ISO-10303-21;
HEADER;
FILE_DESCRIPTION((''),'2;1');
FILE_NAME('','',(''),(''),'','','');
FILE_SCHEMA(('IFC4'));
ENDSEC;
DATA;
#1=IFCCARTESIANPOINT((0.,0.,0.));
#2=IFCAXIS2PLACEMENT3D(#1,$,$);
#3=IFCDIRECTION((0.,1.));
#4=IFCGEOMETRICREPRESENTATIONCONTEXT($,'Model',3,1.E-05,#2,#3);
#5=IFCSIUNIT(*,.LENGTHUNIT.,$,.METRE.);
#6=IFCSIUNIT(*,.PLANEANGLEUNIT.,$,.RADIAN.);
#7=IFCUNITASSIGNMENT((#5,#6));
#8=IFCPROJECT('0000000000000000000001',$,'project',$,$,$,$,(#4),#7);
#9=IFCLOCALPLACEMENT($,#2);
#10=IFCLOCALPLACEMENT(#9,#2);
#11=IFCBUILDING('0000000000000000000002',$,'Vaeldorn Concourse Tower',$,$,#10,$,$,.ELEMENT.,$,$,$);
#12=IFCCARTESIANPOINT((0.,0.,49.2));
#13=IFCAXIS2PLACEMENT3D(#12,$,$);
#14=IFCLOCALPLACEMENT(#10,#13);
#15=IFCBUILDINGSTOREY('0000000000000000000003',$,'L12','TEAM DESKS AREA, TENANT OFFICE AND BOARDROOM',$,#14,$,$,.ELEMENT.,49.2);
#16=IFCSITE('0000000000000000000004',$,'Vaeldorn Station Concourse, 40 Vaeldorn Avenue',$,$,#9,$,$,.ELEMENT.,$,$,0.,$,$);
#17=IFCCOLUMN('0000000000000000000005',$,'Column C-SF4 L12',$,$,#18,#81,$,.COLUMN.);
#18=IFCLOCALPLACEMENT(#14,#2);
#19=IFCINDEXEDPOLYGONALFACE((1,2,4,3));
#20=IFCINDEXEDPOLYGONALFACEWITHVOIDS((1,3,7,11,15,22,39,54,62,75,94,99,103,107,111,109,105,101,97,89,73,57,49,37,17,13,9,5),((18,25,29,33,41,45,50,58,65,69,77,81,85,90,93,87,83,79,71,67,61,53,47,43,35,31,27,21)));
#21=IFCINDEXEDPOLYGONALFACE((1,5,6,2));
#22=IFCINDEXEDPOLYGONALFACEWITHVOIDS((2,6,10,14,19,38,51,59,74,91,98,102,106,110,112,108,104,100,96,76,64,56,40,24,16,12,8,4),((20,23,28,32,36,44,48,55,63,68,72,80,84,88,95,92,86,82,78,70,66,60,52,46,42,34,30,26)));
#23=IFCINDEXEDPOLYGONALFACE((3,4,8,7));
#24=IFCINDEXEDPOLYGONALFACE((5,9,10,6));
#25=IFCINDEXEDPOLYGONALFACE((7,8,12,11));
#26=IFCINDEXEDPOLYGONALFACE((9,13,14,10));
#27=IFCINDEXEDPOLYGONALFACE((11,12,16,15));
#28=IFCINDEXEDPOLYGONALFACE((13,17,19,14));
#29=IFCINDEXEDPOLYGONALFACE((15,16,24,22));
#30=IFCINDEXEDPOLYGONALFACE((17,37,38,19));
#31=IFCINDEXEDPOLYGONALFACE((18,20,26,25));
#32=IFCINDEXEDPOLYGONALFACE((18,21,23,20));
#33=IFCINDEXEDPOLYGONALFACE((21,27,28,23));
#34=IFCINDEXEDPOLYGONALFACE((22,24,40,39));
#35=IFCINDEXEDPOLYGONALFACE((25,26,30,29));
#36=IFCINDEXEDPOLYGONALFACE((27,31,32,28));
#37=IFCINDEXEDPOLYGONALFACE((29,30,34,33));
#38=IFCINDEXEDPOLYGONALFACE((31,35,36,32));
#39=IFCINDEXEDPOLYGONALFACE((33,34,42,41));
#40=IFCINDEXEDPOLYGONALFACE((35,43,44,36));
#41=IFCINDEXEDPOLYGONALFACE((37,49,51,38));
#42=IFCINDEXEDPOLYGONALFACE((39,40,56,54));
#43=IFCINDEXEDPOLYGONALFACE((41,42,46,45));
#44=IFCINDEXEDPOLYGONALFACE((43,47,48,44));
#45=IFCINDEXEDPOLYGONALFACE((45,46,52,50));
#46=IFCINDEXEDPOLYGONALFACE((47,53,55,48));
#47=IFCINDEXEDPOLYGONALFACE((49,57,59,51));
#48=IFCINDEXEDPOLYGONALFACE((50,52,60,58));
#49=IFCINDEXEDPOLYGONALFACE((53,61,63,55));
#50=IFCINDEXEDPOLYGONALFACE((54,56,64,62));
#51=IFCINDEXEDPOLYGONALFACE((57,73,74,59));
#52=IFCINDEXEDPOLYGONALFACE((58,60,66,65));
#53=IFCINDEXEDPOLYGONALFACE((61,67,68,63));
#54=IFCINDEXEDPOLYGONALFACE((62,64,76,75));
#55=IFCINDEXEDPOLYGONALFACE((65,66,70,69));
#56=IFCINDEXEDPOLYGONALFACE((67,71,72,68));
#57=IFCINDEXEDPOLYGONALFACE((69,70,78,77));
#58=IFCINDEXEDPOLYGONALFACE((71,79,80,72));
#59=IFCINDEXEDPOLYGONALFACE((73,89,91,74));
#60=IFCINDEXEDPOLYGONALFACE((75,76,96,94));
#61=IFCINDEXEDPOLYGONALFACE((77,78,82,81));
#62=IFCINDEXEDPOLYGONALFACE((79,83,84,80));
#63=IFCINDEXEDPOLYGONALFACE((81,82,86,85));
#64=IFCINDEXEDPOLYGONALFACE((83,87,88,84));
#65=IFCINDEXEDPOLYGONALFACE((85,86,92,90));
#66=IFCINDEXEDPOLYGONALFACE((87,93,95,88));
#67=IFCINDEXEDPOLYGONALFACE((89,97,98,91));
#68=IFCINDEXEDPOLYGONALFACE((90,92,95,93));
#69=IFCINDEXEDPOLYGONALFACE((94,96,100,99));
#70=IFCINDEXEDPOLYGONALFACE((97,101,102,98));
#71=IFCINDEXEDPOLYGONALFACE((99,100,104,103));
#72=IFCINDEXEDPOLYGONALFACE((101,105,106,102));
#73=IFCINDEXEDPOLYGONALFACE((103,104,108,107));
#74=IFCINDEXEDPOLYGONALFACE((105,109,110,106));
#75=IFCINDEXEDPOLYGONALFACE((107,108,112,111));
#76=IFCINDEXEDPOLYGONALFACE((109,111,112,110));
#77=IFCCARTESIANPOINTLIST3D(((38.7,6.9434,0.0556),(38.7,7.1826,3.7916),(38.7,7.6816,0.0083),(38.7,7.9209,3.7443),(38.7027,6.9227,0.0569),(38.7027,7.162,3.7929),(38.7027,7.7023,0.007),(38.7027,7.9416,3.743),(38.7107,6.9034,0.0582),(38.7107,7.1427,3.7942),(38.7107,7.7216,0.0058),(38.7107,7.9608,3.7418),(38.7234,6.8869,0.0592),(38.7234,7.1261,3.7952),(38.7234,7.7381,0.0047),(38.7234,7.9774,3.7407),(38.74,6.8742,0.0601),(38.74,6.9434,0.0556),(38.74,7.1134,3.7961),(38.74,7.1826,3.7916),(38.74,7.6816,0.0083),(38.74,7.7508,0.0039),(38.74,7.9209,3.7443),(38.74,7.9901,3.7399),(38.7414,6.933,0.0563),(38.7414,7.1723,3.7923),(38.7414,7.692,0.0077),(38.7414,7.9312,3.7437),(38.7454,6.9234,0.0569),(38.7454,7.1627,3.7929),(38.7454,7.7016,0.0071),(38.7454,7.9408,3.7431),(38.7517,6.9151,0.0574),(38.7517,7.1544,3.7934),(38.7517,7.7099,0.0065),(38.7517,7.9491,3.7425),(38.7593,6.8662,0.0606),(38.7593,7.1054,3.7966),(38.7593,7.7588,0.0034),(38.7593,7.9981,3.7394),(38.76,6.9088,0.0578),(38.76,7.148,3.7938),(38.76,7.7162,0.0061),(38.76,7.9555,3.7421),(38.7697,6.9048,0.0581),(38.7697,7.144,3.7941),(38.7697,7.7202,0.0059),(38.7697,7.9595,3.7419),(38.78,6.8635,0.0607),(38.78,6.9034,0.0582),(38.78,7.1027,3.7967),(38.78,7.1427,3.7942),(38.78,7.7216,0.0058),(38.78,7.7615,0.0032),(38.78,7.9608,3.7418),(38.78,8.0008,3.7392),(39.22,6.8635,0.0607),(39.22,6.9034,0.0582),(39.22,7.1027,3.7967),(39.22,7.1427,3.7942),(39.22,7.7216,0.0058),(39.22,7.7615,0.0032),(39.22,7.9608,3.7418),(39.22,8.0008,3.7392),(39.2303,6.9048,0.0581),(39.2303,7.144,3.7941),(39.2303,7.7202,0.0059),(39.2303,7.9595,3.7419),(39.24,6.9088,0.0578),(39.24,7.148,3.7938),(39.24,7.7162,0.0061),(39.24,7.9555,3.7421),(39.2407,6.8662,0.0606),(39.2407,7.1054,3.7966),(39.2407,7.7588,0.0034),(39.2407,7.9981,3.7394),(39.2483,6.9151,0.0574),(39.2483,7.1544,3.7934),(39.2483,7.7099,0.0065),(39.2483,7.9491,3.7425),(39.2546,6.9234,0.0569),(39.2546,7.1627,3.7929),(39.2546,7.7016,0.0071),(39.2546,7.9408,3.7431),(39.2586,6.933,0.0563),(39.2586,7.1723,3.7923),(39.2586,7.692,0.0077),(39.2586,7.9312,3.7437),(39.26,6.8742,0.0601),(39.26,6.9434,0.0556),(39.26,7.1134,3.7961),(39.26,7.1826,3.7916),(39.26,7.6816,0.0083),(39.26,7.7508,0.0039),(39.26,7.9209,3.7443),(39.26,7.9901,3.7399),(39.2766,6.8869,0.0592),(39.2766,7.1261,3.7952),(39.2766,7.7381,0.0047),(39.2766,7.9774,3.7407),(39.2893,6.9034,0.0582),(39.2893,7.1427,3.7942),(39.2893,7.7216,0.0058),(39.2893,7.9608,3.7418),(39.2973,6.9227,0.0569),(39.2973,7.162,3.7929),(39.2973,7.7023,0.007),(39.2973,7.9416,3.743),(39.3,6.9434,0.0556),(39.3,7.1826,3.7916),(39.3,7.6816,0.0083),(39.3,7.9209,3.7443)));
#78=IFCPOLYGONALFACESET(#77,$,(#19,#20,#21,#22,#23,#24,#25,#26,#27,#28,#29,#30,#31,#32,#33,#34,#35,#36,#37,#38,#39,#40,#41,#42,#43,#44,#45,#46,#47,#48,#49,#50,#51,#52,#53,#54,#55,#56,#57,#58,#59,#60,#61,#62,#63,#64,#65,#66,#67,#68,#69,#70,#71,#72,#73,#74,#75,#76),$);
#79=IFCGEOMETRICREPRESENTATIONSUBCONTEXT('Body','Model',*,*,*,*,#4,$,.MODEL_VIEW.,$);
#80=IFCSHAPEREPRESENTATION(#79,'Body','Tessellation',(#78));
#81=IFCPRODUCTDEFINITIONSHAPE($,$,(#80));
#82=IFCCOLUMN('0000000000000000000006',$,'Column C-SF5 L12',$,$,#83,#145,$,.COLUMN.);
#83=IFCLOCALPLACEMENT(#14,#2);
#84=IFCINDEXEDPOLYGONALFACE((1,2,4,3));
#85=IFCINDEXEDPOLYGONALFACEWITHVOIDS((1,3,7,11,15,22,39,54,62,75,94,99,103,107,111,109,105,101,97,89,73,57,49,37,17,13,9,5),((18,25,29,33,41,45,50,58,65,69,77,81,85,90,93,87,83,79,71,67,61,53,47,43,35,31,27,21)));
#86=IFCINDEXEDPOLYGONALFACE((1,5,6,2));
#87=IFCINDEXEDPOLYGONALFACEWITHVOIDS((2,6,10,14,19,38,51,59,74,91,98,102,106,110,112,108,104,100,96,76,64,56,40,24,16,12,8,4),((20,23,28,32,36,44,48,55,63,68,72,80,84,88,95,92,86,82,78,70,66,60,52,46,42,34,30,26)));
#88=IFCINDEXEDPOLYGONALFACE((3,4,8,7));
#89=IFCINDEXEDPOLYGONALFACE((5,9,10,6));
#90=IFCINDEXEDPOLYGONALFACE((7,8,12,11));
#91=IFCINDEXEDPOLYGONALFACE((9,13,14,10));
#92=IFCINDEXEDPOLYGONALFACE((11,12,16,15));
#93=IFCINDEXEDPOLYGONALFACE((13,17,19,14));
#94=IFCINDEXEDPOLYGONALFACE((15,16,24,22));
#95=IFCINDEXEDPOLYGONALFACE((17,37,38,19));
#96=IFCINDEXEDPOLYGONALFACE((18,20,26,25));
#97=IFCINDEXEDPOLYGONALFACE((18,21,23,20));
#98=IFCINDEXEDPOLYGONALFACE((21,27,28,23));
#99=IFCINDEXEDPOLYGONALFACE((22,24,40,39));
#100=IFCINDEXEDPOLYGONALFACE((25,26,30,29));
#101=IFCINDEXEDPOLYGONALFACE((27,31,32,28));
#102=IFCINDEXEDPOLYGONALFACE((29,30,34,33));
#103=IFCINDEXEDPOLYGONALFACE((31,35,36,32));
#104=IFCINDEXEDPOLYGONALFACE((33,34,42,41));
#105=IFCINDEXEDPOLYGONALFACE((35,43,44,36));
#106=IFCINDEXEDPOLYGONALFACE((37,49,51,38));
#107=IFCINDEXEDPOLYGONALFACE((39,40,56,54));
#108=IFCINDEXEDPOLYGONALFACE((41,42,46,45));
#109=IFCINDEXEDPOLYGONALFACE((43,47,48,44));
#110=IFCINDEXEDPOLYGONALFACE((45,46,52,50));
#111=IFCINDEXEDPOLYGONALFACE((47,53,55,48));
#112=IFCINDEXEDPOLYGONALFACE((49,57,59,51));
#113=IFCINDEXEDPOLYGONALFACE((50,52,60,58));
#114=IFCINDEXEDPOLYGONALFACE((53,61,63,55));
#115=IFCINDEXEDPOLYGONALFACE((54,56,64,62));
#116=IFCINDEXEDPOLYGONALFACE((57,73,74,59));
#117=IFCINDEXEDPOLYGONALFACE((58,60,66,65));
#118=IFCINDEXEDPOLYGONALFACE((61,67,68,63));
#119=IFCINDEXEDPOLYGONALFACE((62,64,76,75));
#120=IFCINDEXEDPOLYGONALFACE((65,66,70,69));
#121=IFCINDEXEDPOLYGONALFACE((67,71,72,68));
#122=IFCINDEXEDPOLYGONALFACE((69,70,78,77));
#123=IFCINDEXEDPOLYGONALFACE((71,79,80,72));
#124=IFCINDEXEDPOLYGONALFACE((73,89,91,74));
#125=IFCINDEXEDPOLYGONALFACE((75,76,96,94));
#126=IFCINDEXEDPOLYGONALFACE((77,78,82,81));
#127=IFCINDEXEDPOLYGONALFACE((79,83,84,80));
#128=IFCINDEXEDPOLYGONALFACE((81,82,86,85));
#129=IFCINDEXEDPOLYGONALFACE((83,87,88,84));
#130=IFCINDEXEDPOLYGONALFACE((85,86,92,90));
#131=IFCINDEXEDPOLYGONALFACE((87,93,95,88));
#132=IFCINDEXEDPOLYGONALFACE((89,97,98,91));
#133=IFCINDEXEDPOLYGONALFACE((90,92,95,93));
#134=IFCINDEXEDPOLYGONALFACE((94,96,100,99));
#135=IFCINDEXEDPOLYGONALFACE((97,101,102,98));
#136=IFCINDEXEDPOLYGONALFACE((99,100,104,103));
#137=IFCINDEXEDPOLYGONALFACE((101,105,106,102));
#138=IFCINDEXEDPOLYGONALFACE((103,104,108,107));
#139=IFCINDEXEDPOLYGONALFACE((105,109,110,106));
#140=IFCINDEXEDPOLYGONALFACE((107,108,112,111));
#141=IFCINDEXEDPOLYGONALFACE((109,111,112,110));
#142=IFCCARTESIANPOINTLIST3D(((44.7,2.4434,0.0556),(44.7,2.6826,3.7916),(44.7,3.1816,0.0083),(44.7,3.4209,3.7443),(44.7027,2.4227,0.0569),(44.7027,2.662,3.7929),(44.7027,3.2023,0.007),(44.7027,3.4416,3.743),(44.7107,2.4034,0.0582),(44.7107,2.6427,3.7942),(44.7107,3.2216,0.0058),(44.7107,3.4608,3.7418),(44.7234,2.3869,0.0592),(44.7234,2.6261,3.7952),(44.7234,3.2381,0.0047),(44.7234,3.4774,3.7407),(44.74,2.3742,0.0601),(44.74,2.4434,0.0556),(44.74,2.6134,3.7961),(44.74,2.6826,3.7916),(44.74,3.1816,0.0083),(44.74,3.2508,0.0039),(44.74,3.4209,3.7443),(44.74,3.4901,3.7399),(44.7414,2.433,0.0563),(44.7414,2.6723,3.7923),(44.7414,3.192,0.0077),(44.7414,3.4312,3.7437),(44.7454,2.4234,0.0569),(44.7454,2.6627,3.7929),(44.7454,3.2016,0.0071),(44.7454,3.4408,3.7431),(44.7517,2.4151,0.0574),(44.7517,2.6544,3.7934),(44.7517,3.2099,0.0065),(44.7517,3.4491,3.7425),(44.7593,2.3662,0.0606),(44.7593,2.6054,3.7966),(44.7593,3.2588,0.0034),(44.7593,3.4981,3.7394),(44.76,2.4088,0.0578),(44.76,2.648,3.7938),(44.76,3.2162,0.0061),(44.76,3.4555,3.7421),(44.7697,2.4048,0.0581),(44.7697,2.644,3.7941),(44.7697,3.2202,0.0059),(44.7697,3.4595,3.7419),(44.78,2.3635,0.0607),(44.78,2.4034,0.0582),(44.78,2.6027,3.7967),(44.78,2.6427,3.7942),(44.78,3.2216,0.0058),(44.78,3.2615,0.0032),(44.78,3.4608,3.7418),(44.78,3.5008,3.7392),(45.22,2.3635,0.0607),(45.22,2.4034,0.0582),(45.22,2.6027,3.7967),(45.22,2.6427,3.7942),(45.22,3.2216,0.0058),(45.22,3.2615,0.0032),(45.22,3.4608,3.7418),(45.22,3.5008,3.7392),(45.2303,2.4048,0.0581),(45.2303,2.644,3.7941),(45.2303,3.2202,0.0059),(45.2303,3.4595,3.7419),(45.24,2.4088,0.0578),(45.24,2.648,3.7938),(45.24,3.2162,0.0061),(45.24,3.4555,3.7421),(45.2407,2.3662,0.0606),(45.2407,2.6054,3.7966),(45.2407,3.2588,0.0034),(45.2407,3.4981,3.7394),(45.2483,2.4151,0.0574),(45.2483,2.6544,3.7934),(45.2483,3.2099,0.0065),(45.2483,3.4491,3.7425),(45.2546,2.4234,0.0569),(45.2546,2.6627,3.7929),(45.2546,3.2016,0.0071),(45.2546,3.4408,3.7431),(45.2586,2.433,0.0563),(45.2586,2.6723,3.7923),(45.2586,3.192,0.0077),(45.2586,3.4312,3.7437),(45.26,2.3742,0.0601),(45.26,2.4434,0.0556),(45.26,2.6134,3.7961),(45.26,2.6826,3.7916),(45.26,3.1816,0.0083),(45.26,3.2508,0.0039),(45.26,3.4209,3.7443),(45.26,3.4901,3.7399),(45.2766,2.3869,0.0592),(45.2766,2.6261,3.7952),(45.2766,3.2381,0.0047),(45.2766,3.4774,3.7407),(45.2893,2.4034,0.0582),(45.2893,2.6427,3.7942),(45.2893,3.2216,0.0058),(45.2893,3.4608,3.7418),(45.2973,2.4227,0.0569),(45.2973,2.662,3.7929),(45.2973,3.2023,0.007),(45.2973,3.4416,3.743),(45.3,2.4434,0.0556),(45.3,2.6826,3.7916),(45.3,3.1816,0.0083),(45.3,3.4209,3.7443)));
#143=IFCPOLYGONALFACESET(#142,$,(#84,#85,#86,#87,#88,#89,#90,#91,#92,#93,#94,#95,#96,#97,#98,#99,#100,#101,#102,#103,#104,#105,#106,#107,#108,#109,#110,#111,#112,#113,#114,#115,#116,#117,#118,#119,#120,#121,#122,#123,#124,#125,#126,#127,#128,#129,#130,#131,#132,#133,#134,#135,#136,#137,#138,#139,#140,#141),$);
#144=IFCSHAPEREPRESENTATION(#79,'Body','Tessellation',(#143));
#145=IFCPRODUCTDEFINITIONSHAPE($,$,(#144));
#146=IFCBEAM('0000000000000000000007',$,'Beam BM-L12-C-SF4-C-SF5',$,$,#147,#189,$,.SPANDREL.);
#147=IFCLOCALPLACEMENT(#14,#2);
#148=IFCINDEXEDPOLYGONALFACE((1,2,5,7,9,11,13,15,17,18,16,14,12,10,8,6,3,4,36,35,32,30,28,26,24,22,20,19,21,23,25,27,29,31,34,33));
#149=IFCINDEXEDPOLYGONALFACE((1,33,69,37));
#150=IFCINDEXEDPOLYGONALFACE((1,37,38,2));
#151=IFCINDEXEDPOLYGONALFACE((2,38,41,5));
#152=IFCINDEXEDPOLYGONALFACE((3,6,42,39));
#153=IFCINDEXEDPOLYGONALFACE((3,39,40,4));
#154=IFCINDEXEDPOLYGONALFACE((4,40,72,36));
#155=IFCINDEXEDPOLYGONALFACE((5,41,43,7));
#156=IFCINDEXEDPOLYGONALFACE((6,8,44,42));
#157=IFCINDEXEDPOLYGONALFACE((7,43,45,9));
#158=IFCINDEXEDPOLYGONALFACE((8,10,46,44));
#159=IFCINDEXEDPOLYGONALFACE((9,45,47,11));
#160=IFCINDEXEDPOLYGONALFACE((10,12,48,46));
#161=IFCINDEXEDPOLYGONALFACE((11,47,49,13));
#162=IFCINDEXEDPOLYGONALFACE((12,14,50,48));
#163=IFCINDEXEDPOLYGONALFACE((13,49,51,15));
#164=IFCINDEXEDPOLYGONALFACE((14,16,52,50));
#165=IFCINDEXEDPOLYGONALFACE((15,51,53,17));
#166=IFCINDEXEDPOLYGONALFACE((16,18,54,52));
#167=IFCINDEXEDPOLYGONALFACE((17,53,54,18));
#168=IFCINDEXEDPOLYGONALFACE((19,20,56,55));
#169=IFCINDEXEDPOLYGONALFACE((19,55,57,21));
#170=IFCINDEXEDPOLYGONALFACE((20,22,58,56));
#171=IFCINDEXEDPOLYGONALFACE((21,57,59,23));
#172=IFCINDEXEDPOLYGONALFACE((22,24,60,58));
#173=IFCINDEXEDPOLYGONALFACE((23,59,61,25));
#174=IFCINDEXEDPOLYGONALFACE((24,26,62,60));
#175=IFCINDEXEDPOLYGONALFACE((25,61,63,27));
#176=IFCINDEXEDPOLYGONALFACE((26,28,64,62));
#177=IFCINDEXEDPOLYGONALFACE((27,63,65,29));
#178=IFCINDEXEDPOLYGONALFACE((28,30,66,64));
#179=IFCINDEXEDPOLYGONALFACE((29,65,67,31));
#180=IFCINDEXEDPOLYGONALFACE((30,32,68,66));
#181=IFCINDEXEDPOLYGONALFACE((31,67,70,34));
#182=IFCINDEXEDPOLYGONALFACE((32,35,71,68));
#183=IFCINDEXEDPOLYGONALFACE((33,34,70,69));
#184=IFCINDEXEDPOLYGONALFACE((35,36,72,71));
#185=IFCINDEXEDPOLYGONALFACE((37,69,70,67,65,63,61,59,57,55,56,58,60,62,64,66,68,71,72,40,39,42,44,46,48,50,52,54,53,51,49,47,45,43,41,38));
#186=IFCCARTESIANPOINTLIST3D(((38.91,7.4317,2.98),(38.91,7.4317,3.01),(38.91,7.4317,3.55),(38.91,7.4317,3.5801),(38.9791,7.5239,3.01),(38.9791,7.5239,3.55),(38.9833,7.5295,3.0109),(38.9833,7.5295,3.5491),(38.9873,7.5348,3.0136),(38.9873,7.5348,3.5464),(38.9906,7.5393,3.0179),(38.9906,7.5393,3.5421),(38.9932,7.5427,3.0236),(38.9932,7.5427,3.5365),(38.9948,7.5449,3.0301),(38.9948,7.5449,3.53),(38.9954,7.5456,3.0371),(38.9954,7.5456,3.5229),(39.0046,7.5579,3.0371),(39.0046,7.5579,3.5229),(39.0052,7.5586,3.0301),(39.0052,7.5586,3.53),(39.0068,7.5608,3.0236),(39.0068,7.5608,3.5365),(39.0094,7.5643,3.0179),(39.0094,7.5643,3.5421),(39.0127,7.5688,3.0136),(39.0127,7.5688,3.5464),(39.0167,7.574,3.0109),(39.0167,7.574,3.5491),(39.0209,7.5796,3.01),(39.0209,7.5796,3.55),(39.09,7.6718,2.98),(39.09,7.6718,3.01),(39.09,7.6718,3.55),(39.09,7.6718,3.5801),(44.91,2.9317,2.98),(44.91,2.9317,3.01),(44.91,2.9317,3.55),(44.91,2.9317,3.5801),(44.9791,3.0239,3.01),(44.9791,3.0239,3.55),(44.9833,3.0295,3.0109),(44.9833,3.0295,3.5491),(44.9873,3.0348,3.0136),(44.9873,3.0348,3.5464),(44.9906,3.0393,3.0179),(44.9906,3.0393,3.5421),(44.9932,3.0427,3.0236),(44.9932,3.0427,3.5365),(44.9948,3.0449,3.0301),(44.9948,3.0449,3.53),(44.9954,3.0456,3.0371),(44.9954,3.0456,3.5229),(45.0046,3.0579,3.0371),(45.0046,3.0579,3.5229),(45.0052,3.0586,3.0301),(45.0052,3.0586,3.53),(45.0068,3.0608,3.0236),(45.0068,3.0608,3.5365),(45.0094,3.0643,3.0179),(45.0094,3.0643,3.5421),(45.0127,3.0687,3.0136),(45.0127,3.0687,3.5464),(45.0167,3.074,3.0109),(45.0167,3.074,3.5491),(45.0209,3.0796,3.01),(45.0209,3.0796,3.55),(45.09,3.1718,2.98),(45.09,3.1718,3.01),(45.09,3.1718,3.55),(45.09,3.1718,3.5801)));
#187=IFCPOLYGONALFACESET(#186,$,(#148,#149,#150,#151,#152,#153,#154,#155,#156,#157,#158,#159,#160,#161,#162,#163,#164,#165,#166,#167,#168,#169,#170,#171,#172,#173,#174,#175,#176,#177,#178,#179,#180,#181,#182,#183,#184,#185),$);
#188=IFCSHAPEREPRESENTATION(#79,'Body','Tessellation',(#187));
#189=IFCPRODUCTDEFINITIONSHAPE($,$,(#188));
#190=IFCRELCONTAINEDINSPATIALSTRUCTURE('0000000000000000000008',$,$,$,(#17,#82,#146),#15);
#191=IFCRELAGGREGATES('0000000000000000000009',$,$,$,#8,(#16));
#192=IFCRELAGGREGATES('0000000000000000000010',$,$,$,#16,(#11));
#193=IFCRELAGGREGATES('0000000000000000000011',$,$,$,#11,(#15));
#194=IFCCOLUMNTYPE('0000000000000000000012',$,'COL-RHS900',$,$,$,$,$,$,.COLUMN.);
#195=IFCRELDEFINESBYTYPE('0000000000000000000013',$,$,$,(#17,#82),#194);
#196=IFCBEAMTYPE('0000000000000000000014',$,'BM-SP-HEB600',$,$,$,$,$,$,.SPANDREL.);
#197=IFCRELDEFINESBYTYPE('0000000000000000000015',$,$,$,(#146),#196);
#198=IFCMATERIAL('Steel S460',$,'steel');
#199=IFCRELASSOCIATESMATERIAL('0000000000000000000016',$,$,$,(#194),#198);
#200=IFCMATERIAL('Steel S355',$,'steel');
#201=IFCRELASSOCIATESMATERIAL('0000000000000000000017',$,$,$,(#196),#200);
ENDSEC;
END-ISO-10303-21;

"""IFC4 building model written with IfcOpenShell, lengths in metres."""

from ifc_helpers import new_model, si_unit, direction, frame, origin, origin_2d, place, context, subcontext, project, spatial, hollow_rectangle, i_section, extrude, source, transform, mapped, material, material_profile, profile_set, type_object, element, save


model = new_model("IFC4")

# Units and contexts
model_context = context("Model", 3, precision=1e-05, world=origin(), true_north=direction((0.0, 1.0)))
body_context = subcontext(model_context, "Body", "Model", "MODEL_VIEW")
ifc_project = project(units=[si_unit("LENGTHUNIT", "METRE"), si_unit("PLANEANGLEUNIT", "RADIAN")], contexts=[model_context])

# Site, building, storey
site_placement = place(None, origin())
site = spatial("IfcSite", under=ifc_project, at=site_placement, Name="Vaeldorn Station Concourse, 40 Vaeldorn Avenue", CompositionType="ELEMENT", RefElevation=0.0)
building_placement = place(site_placement, origin())
building = spatial("IfcBuilding", under=site, at=building_placement, Name="Vaeldorn Concourse Tower", CompositionType="ELEMENT")
storey_placement = place(building_placement, frame((0.0, 0.0, 49.2)))
storey = spatial("IfcBuildingStorey", under=building, at=storey_placement, Name="L12", Description="TEAM DESKS AREA, TENANT OFFICE AND BOARDROOM", CompositionType="ELEMENT", Elevation=49.2)

# Columns
ifc_material_1 = material(Name="Steel S460", Category="steel")
ifc_material_profile_1 = material_profile(ifc_material_1, hollow_rectangle(XDim=0.6001, YDim=0.8999, WallThickness=0.04, InnerFilletRadius=0.04, OuterFilletRadius=0.0801, at=origin_2d()), Name="RHS 900x600x40")
ifc_profile_set_1 = profile_set([ifc_material_profile_1], Name="Steel S460")
column_type = type_object("IfcColumnType", Name="COL-RHS900", PredefinedType="COLUMN", material=ifc_profile_set_1)
shared_shape_1 = source(origin(), body_context, "Body", "SweptSolid", [
    extrude(hollow_rectangle(XDim=0.6001, YDim=0.8999, WallThickness=0.04, InnerFilletRadius=0.04, OuterFilletRadius=0.0801, at=origin_2d()), origin(), (0.0, 0.0, 1.0), 3.7437),
])
for number, where, z_axis, x_axis, name in (
    (1, (39.0, 7.3125, 0.032), (0.0, 0.063909, 0.997956), (-1.0, 0.0, 0.0), "Column C-SF4 L12"),
    (2, (45.0, 2.8125, 0.032), (0.0, 0.063909, 0.997956), (-1.0, 0.0, 0.0), "Column C-SF5 L12"),
):
    element("IfcColumn", number, at=place(storey_placement, frame(where, z_axis=z_axis, x_axis=x_axis)), inside=storey, type_object=column_type, Name=name, PredefinedType="COLUMN", context=body_context, shape_type="MappedRepresentation", body=[
        mapped(shared_shape_1, transform((0.0, 0.0, 0.0), scale=1.0)),
    ])

# Beam
ifc_material_2 = material(Name="Steel S355", Category="steel")
ifc_material_profile_2 = material_profile(ifc_material_2, i_section(OverallWidth=0.3, OverallDepth=0.6001, WebThickness=0.0154, FlangeThickness=0.03, FilletRadius=0.0271, at=origin_2d()), Name="HEB 600")
ifc_profile_set_2 = profile_set([ifc_material_profile_2], Name="Steel S355")
beam_type_1 = type_object("IfcBeamType", Name="BM-SP-HEB600", PredefinedType="SPANDREL", material=ifc_profile_set_2)
shared_shape_2 = source(origin(), body_context, "Body", "SweptSolid", [
    extrude(i_section(OverallWidth=0.3, OverallDepth=0.6001, WebThickness=0.0154, FlangeThickness=0.03, FilletRadius=0.0271, at=origin_2d()), origin(), (0.0, 0.0, 1.0), 7.5),
])
beam_1_placement = place(storey_placement, frame((39.0, 7.5518, 3.28), z_axis=(0.8, -0.6, 0.0), x_axis=(0.6, 0.8, 0.0)))
element("IfcBeam", 3, at=beam_1_placement, inside=storey, type_object=beam_type_1, Name="Beam BM-L12-C-SF4-C-SF5", PredefinedType="SPANDREL", context=body_context, shape_type="MappedRepresentation", body=[
    mapped(shared_shape_2, transform((0.0, 0.0, 0.0), scale=1.0)),
])

save(model, "model.ifc")
